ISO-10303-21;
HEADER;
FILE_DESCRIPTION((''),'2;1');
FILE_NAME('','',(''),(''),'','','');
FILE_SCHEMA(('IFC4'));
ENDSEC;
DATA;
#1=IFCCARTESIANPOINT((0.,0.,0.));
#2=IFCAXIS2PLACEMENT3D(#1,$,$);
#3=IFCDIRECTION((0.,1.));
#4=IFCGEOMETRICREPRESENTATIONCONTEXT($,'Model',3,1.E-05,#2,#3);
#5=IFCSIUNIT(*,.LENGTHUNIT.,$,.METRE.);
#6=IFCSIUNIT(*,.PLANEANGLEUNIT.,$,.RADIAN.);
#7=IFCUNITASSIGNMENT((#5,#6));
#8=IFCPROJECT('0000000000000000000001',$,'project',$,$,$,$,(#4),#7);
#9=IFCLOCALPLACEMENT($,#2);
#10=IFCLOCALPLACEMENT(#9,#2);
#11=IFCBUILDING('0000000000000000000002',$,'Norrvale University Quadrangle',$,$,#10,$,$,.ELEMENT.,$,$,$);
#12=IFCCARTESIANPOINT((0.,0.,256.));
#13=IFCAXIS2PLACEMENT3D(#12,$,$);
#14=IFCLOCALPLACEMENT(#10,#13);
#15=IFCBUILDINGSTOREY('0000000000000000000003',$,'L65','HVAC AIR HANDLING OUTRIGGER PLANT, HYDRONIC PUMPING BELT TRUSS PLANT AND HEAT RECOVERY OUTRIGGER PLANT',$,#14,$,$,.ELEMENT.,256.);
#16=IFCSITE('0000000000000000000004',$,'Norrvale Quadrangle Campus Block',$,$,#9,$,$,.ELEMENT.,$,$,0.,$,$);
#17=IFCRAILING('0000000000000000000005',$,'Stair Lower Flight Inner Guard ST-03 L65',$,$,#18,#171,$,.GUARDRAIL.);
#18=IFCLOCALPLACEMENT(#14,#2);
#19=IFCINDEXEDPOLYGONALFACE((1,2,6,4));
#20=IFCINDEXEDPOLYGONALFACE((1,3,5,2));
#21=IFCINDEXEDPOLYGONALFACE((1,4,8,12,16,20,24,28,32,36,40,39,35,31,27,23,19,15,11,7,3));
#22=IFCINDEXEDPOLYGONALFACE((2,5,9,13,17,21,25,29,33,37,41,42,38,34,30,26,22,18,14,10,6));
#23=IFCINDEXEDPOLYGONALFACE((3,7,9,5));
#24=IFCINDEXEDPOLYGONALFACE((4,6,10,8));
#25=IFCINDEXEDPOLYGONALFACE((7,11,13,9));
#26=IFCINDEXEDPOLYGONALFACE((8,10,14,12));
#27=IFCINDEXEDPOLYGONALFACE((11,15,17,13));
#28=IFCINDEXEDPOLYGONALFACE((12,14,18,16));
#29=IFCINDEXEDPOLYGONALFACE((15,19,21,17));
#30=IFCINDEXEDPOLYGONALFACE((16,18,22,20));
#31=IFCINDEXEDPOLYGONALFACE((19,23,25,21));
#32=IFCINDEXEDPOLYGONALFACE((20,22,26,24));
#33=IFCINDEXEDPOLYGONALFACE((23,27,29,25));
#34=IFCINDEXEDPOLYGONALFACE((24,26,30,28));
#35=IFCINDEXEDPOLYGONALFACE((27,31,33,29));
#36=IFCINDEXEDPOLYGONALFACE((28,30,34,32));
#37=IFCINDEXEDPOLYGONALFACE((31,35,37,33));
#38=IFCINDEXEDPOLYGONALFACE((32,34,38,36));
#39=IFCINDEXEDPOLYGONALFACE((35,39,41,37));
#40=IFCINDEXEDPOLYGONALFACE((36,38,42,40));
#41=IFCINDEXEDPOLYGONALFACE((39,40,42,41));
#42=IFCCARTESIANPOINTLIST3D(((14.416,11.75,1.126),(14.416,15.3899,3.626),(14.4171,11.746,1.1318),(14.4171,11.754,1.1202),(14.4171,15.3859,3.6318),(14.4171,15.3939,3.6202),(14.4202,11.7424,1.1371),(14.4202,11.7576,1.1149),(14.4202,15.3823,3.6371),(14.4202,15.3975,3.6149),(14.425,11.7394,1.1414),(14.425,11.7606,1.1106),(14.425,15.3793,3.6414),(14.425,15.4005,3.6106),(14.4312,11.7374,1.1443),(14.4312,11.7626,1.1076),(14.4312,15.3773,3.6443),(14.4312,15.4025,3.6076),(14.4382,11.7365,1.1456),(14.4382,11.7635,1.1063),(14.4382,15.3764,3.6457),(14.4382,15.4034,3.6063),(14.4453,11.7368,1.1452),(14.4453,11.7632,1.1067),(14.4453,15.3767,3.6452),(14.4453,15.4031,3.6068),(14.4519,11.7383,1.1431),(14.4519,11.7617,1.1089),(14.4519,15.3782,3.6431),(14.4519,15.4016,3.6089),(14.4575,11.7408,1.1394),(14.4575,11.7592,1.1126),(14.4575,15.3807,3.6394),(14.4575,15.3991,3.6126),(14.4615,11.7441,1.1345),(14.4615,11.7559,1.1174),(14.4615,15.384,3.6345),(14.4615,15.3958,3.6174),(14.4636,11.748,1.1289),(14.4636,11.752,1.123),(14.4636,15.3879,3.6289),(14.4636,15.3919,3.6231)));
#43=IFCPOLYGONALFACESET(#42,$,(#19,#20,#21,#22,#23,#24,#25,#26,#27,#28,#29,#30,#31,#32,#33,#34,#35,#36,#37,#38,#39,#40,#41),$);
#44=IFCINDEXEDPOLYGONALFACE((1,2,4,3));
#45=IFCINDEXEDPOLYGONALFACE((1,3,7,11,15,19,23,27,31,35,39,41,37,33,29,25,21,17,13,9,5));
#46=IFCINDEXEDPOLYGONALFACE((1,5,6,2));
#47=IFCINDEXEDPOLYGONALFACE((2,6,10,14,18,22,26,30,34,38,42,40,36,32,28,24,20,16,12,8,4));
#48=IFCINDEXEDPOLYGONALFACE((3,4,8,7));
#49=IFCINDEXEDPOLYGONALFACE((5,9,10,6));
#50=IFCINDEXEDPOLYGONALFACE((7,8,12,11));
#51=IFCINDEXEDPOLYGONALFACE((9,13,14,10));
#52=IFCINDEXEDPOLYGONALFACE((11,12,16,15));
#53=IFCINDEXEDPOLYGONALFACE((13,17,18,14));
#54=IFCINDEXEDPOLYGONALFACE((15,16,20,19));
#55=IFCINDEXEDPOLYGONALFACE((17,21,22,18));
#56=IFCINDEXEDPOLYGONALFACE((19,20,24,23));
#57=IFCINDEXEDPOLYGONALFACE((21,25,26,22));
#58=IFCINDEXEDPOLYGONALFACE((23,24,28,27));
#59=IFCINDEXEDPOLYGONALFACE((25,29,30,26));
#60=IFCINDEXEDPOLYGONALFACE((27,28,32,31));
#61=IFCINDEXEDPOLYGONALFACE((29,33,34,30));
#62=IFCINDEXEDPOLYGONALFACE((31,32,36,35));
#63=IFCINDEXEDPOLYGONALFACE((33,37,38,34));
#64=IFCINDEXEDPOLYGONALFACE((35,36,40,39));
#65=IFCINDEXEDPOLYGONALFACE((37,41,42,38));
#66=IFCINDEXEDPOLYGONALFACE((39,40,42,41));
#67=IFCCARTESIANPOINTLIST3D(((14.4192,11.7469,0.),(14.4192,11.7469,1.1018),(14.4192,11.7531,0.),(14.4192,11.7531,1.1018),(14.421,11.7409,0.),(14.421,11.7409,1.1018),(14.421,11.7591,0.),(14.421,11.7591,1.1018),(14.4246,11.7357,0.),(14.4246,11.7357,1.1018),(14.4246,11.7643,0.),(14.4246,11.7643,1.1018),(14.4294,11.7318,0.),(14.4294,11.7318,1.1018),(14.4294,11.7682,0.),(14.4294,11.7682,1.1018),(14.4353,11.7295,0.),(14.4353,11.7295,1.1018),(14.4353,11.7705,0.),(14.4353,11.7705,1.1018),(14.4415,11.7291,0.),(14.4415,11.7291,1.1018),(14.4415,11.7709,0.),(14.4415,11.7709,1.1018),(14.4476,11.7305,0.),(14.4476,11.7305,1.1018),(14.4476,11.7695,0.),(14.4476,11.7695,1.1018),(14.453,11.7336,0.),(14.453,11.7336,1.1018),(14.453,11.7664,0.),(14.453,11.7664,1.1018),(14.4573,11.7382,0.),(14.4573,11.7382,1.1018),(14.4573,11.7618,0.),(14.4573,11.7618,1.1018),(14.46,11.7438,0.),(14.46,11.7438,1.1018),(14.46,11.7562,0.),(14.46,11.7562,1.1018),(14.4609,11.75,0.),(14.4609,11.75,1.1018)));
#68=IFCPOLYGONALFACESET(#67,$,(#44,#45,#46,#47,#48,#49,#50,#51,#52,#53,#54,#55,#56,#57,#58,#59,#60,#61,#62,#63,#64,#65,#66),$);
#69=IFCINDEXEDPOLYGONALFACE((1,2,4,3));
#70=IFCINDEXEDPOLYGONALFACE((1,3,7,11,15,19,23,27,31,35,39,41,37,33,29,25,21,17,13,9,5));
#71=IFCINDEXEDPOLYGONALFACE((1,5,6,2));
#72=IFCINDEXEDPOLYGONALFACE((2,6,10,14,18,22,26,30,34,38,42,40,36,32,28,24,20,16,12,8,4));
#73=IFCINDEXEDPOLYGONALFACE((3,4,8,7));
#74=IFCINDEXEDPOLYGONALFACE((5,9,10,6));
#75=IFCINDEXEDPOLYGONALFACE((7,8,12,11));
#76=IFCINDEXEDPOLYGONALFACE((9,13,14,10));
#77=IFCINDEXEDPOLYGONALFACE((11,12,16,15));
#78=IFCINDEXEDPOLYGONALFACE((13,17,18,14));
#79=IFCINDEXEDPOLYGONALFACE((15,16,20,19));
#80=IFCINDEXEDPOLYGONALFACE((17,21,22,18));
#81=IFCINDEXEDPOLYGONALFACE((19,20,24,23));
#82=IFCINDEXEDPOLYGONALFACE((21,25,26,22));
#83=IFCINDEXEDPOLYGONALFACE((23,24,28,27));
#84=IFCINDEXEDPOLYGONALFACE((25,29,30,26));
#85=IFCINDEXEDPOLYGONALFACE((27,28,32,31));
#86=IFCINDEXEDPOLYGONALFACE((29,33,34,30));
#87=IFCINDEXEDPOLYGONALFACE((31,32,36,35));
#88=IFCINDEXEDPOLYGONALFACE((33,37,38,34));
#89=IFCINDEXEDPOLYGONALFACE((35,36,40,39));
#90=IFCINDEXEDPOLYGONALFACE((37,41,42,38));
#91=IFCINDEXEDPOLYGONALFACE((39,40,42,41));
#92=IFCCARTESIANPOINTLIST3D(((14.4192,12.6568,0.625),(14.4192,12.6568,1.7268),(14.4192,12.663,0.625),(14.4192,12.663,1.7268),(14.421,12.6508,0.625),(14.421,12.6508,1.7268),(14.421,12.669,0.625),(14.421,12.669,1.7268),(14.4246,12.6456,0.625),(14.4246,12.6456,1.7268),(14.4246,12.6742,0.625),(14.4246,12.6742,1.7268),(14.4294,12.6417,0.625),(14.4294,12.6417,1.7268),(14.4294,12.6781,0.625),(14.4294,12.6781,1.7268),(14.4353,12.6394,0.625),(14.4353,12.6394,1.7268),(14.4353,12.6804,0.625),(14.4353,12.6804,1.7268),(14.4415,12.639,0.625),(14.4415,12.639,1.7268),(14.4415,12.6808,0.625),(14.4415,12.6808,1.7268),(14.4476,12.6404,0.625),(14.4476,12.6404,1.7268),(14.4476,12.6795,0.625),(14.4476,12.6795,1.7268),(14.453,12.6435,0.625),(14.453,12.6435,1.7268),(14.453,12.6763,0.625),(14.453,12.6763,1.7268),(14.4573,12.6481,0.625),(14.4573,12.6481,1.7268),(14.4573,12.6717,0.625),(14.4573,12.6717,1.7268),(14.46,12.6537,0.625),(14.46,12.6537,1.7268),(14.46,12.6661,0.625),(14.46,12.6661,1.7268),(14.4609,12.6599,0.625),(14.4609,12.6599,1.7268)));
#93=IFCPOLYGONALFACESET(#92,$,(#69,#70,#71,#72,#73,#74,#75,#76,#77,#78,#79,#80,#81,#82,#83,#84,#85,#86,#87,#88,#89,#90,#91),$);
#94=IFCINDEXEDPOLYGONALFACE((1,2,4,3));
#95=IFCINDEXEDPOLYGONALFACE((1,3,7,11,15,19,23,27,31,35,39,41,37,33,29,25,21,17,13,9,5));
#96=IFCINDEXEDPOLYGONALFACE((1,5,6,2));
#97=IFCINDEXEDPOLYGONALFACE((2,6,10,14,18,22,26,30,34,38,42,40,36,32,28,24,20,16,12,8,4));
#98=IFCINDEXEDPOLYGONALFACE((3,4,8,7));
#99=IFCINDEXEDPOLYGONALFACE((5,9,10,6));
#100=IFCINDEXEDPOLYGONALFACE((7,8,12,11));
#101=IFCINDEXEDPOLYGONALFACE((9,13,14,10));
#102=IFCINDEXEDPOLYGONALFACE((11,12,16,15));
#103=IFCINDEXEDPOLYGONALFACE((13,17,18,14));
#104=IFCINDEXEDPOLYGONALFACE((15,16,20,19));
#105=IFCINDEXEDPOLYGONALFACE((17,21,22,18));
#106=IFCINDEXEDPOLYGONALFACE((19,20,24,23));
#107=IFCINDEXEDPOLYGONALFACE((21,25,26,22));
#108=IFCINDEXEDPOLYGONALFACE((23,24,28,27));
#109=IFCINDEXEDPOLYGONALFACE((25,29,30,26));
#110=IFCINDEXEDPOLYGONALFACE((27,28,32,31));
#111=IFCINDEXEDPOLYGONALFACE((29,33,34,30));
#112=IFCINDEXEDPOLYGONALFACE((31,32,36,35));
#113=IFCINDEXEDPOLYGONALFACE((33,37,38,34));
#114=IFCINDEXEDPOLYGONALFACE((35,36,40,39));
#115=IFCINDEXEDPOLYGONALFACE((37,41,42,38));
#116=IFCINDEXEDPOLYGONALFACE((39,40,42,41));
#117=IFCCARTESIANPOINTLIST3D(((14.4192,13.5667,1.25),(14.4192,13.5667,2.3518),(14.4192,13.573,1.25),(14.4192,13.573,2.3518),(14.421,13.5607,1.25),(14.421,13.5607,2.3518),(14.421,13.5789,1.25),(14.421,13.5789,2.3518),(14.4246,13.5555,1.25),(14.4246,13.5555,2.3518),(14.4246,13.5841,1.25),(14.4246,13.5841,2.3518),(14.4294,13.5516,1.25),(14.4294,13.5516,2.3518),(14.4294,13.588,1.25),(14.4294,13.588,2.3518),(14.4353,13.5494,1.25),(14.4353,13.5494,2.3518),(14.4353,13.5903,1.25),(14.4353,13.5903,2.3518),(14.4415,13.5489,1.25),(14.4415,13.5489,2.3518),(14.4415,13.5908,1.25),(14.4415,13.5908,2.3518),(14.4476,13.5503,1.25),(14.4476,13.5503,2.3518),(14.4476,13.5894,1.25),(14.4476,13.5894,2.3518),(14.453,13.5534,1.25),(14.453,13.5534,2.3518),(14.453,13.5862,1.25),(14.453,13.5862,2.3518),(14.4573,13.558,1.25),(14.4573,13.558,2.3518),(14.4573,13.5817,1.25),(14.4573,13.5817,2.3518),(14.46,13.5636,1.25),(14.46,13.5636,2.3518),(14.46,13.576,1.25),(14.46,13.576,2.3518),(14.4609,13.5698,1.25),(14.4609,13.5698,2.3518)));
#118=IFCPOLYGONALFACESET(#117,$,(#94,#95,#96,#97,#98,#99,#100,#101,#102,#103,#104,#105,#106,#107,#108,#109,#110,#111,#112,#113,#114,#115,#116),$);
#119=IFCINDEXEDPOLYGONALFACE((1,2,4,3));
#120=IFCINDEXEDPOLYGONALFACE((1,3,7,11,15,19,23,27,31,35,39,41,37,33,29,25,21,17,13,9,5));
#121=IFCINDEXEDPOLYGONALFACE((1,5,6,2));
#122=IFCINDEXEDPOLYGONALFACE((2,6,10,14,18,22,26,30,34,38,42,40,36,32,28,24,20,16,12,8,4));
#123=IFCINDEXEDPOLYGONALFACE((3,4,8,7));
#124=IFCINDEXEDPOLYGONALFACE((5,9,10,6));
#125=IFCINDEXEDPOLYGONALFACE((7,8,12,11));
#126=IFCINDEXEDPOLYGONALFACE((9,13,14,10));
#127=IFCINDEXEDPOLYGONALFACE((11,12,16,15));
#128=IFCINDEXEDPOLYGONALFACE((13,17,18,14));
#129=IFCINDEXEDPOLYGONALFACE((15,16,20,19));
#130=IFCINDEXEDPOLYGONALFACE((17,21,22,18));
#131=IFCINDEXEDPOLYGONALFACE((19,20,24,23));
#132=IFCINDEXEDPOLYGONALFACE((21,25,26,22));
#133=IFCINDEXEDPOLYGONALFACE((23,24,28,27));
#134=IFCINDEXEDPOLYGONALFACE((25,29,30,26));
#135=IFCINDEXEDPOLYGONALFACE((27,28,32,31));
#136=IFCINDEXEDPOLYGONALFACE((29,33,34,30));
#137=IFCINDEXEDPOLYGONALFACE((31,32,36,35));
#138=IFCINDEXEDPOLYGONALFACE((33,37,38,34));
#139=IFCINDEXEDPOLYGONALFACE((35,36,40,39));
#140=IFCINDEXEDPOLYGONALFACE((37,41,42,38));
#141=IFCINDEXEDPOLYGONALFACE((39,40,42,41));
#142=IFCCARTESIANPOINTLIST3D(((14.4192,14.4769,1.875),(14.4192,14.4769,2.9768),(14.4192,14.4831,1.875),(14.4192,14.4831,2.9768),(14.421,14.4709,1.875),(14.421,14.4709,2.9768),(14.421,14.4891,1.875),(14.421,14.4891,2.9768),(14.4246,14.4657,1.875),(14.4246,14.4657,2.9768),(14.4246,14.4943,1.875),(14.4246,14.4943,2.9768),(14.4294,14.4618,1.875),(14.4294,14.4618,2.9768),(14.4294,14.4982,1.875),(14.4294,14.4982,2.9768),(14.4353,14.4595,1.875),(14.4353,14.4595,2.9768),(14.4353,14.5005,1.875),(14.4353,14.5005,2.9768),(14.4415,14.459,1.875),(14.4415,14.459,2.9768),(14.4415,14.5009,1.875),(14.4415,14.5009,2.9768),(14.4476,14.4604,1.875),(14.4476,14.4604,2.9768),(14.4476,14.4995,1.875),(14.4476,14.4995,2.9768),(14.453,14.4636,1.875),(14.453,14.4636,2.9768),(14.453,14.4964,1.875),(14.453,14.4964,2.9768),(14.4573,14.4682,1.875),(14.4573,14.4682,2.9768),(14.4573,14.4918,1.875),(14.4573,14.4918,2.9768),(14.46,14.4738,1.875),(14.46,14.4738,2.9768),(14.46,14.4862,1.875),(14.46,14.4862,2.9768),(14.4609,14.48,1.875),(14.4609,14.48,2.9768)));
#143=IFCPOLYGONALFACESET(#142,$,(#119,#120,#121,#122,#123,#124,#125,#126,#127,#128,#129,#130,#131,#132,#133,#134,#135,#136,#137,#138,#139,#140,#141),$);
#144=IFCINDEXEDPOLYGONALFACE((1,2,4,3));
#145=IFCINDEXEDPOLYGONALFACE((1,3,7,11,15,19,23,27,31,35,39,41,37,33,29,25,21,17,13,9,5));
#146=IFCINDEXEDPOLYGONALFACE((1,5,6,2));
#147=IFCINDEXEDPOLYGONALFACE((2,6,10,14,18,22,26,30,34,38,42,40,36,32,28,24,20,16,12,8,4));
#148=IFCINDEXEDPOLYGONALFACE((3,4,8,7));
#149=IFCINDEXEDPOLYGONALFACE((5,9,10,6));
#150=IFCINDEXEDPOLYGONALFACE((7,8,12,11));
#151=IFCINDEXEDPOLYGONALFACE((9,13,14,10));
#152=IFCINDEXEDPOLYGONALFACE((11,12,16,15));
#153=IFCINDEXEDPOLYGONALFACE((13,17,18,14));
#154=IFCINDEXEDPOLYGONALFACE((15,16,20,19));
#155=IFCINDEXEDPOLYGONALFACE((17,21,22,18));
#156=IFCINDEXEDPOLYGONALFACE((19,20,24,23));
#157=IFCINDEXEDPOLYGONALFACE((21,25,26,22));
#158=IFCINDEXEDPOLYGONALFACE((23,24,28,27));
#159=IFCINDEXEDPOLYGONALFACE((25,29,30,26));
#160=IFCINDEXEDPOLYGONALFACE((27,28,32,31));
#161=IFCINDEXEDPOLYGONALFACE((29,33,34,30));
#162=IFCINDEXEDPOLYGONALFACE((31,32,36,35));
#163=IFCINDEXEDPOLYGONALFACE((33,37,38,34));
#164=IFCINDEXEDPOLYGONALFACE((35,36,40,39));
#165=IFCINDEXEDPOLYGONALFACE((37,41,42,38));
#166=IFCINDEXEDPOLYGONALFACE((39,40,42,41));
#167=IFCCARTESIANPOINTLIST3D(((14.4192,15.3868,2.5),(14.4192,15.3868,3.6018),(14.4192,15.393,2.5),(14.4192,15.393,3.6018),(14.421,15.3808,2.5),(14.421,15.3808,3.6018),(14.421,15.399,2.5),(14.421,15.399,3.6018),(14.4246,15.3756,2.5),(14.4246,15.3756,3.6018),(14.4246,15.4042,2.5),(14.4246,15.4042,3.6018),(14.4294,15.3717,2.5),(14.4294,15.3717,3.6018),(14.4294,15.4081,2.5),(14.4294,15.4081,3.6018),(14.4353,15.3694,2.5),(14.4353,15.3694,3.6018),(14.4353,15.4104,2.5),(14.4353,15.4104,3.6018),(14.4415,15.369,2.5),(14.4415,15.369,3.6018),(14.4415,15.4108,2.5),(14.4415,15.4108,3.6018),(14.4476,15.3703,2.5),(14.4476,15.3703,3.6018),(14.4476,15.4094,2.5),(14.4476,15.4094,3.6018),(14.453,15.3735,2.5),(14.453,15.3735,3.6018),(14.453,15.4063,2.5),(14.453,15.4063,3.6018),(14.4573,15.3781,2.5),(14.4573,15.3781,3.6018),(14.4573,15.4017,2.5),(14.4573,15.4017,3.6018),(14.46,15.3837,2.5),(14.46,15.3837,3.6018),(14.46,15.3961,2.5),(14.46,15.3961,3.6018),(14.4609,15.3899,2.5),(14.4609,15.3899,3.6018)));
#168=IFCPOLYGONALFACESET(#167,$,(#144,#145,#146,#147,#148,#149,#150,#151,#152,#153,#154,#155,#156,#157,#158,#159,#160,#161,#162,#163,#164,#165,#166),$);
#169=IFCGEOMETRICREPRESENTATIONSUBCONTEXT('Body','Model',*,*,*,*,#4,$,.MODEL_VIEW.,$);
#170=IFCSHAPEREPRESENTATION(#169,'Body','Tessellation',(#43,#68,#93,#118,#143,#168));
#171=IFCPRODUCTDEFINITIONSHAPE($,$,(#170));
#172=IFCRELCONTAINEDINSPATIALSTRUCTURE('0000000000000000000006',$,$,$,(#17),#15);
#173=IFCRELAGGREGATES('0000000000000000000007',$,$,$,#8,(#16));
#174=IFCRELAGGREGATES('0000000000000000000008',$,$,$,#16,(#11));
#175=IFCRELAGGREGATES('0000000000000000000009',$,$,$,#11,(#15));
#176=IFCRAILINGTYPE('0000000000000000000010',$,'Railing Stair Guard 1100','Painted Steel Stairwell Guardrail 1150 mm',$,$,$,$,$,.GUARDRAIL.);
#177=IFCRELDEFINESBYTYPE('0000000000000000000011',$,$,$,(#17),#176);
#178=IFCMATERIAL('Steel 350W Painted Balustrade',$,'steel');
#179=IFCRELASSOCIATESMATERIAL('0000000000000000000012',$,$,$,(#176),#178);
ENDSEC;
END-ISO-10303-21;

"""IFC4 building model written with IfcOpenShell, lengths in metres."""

from ifc_helpers import new_model, si_unit, direction, frame, origin, origin_2d, place, context, subcontext, project, spatial, circle, extrude, material, type_object, element, save


model = new_model("IFC4")

# Units and contexts
model_context = context("Model", 3, precision=1e-05, world=origin(), true_north=direction((0.0, 1.0)))
body_context = subcontext(model_context, "Body", "Model", "MODEL_VIEW")
ifc_project = project(units=[si_unit("LENGTHUNIT", "METRE"), si_unit("PLANEANGLEUNIT", "RADIAN")], contexts=[model_context])

# Site, building, storey
site_placement = place(None, origin())
site = spatial("IfcSite", under=ifc_project, at=site_placement, Name="Norrvale Quadrangle Campus Block", CompositionType="ELEMENT", RefElevation=0.0)
building_placement = place(site_placement, origin())
building = spatial("IfcBuilding", under=site, at=building_placement, Name="Norrvale University Quadrangle", CompositionType="ELEMENT")
storey_placement = place(building_placement, frame((0.0, 0.0, 256.0)))
storey = spatial("IfcBuildingStorey", under=building, at=storey_placement, Name="L65", Description="HVAC AIR HANDLING OUTRIGGER PLANT, HYDRONIC PUMPING BELT TRUSS PLANT AND HEAT RECOVERY OUTRIGGER PLANT", CompositionType="ELEMENT", Elevation=256.0)

# Railing
ifc_material_1 = material(Name="Steel 350W Painted Balustrade", Category="steel")
railing_type_1 = type_object("IfcRailingType", Name="Railing Stair Guard 1100", Description="Painted Steel Stairwell Guardrail 1150 mm", PredefinedType="GUARDRAIL", material=ifc_material_1)
railing_1_placement = place(storey_placement, frame((14.4399, 11.75, 0.0)))
element("IfcRailing", 1, at=railing_1_placement, inside=storey, type_object=railing_type_1, Name="Stair Lower Flight Inner Guard ST-03 L65", PredefinedType="GUARDRAIL", context=body_context, shape_type="SweptSolid", body=[
    extrude(circle(Radius=0.0239, at=origin_2d()), frame((0.0, 0.0, 1.126), z_axis=(0.0, 0.824298, 0.566156), x_axis=(-1.0, 0.0, 0.0)), (0.0, 0.0, 1.0), 4.4158),
    extrude(circle(Radius=0.021, at=origin_2d()), origin(), (0.0, 0.0, 1.0), 1.1018),
    extrude(circle(Radius=0.021, at=origin_2d()), frame((0.0, 0.9099, 0.625)), (0.0, 0.0, 1.0), 1.1018),
    extrude(circle(Radius=0.021, at=origin_2d()), frame((0.0, 1.8198, 1.25)), (0.0, 0.0, 1.0), 1.1018),
    extrude(circle(Radius=0.021, at=origin_2d()), frame((0.0, 2.73, 1.875)), (0.0, 0.0, 1.0), 1.1018),
    extrude(circle(Radius=0.021, at=origin_2d()), frame((0.0, 3.6399, 2.5)), (0.0, 0.0, 1.0), 1.1018),
])

save(model, "model.ifc")
